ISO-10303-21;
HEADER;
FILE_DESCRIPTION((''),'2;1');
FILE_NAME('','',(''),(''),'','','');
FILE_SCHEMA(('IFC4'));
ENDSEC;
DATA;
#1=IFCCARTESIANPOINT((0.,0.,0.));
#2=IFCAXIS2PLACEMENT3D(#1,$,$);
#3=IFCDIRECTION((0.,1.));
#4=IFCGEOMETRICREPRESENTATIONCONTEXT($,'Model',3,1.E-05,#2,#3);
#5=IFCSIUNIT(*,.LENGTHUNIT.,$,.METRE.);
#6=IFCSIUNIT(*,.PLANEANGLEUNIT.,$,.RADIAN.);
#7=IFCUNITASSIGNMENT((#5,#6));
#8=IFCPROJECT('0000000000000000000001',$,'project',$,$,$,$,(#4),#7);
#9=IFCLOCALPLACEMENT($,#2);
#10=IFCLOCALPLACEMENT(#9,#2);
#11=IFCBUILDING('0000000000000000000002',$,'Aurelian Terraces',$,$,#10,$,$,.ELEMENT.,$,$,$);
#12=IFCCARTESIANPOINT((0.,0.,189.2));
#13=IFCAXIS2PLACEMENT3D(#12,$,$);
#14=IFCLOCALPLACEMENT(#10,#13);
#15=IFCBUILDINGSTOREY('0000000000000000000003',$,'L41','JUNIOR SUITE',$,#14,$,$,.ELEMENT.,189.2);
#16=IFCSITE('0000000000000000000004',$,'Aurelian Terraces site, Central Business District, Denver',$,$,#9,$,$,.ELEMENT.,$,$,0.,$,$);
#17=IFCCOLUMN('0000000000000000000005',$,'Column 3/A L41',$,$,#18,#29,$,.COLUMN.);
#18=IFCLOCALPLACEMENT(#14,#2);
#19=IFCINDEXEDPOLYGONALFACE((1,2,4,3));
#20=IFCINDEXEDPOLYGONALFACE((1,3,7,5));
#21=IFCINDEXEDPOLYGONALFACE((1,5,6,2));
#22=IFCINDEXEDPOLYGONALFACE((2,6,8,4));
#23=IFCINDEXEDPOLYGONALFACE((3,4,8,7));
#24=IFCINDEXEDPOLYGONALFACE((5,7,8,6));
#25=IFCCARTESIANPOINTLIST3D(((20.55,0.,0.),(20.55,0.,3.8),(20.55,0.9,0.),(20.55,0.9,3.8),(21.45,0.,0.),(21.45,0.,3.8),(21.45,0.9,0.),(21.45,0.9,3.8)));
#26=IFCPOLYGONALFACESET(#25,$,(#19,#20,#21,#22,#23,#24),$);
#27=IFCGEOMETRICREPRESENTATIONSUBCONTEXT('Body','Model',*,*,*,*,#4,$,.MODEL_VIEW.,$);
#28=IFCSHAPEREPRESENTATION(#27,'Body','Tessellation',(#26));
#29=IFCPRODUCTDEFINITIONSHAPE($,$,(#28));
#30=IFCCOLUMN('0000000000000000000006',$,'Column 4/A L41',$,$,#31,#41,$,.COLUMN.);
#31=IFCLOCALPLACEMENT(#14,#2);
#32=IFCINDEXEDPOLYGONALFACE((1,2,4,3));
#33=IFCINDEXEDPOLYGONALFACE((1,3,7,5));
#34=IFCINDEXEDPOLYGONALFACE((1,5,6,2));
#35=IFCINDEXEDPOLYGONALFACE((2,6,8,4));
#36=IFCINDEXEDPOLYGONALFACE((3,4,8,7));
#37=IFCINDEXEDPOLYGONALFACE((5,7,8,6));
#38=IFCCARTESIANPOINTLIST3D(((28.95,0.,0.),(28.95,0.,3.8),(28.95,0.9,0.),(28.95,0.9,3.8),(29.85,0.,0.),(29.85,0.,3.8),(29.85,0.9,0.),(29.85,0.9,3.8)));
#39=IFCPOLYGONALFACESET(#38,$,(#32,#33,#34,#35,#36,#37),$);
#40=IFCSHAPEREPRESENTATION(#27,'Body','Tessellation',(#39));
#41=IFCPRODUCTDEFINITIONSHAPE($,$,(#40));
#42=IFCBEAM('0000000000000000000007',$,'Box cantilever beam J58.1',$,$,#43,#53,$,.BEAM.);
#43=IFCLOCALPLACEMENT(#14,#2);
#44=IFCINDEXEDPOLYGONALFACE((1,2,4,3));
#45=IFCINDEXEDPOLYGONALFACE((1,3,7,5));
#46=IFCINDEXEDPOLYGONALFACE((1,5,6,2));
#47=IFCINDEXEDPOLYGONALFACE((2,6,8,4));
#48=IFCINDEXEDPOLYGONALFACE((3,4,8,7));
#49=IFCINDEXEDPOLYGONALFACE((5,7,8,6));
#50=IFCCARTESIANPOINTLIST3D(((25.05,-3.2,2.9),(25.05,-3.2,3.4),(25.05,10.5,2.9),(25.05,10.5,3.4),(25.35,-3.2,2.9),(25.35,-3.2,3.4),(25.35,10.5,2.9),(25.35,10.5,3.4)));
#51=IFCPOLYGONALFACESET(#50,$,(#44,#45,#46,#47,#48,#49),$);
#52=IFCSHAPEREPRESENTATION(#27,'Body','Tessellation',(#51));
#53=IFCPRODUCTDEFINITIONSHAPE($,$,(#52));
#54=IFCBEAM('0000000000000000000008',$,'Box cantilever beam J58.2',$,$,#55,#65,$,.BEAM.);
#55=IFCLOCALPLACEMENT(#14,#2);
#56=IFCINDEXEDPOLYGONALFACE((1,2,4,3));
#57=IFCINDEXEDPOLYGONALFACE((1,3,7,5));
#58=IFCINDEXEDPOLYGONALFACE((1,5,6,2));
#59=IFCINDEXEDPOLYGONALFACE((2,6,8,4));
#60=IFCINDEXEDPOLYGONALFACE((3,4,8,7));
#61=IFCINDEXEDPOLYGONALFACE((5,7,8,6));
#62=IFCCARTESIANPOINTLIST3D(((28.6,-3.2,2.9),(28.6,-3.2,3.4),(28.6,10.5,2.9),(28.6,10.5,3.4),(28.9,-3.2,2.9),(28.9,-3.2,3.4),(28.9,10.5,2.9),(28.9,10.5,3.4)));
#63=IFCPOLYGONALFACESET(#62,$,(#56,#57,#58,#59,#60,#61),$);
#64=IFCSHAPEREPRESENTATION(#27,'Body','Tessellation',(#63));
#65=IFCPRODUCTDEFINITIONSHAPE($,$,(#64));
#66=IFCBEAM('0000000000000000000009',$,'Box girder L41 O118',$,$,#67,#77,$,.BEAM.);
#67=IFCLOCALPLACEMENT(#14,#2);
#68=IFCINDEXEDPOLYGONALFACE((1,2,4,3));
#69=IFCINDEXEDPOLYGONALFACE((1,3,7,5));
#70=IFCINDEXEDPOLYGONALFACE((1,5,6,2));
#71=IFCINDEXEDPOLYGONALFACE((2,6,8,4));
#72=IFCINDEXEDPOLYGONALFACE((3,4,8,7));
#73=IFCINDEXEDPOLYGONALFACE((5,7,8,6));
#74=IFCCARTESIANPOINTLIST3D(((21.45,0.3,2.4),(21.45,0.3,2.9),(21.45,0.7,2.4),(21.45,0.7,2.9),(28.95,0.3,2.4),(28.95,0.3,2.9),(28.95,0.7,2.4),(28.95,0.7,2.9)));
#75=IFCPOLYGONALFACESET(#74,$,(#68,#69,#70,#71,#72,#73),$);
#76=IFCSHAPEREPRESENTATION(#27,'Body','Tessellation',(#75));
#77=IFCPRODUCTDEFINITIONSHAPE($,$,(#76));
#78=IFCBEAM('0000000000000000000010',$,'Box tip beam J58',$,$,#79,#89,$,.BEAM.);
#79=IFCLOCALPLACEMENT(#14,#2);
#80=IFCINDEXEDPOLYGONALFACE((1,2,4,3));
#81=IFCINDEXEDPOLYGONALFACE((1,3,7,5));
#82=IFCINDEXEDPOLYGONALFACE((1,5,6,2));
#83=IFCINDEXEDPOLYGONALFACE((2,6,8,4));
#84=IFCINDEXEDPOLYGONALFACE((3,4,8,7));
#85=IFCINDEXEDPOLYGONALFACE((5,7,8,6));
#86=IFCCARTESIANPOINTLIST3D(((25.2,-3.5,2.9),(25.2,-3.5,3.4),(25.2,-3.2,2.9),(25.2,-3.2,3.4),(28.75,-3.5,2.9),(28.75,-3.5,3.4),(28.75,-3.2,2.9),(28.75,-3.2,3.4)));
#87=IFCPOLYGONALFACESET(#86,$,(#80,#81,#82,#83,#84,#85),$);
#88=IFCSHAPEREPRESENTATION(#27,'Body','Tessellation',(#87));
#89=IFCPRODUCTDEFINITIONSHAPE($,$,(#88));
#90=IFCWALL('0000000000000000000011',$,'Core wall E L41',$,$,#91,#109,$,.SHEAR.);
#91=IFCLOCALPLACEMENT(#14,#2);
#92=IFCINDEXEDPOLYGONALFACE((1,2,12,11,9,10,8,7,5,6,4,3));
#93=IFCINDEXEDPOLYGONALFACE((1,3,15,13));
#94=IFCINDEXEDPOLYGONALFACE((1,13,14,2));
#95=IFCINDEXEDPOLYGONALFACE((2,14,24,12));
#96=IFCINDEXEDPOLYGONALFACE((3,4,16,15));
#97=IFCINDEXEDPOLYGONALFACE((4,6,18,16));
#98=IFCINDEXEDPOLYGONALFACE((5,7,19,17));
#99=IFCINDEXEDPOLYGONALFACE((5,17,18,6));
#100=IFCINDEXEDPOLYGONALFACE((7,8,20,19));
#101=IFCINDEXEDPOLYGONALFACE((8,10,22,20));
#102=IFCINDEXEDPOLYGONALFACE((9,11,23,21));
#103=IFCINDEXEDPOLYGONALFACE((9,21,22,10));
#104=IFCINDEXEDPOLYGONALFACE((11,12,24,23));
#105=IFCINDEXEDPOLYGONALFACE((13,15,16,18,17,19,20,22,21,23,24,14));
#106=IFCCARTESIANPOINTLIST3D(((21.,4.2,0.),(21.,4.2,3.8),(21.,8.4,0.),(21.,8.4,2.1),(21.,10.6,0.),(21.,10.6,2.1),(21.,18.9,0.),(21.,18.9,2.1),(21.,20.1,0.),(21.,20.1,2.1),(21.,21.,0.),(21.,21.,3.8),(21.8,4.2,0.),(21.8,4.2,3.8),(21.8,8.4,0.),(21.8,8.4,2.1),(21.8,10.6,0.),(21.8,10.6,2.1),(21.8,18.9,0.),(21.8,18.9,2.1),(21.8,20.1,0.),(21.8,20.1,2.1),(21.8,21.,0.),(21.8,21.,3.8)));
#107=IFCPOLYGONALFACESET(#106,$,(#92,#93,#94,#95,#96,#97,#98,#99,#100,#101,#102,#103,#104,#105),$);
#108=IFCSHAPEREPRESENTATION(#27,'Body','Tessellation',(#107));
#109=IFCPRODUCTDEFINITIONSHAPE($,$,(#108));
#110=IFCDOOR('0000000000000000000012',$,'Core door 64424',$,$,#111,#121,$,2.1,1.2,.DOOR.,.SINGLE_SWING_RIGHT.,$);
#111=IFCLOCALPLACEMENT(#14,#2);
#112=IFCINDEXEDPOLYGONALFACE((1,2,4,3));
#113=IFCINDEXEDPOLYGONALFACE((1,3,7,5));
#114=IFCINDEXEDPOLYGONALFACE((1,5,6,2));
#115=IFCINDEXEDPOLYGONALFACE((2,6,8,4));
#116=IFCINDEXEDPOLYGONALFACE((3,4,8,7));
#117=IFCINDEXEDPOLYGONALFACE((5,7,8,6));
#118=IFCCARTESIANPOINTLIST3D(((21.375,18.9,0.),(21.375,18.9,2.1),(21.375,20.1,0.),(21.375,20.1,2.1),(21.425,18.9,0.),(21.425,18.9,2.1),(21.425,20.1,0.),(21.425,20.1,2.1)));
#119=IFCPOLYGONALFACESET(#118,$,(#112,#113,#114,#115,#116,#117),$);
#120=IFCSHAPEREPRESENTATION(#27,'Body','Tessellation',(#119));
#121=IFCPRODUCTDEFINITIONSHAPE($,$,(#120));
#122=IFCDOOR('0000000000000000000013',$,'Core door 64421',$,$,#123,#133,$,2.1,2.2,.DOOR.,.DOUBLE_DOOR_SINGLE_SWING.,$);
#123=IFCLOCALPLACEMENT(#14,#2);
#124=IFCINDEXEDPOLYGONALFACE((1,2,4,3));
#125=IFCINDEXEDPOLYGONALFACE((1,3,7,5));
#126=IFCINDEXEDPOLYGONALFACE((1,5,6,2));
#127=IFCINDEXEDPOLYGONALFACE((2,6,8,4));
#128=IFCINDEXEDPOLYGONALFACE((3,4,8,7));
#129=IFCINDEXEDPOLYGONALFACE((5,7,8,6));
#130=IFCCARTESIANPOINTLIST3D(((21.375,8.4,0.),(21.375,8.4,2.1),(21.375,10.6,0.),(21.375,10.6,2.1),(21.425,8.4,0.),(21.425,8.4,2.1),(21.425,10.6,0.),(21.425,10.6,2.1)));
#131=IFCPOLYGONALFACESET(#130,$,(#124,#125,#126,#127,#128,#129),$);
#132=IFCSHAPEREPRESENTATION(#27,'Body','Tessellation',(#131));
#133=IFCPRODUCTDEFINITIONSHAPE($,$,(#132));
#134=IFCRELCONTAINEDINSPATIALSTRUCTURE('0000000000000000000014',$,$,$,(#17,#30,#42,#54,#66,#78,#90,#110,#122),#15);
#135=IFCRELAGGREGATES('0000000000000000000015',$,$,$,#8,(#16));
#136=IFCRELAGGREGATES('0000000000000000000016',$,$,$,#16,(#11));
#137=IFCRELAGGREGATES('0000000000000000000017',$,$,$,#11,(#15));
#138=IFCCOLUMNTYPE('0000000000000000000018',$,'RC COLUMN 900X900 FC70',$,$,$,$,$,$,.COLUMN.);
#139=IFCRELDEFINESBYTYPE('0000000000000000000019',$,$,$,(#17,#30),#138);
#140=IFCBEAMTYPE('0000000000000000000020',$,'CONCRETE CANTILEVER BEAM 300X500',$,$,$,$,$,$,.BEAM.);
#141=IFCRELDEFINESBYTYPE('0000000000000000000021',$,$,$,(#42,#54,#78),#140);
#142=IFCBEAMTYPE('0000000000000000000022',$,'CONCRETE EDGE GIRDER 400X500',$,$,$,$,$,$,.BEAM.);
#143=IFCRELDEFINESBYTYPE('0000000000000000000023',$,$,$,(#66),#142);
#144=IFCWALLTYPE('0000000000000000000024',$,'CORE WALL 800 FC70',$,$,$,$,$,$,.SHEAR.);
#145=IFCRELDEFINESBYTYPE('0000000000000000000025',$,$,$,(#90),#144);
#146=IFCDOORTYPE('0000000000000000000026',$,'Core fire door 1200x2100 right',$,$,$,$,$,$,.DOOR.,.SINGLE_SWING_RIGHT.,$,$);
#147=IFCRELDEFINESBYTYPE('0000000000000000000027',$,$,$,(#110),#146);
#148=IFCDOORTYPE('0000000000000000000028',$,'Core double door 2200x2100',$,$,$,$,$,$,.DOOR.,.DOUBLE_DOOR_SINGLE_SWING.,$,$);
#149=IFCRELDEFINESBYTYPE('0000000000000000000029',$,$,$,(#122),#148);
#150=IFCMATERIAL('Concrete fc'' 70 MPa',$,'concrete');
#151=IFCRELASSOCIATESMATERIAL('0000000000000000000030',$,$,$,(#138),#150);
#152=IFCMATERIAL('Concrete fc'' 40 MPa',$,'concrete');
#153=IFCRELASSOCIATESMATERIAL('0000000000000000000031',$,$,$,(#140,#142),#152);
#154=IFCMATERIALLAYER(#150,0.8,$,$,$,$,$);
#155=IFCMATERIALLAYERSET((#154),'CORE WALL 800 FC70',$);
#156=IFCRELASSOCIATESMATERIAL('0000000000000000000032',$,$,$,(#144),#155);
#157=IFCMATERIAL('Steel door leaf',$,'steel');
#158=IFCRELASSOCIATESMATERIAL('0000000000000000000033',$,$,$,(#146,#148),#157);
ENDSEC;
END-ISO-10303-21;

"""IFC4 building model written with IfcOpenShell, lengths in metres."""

from ifc_helpers import new_model, si_unit, direction, frame, frame_2d, origin, origin_2d, place, context, subcontext, project, spatial, rectangle, extrude, source, transform, mapped, material, layer, layer_set, material_profile, profile_set, type_object, element, fill, save


model = new_model("IFC4")

# Units and contexts
model_context = context("Model", 3, precision=1e-05, world=origin(), true_north=direction((0.0, 1.0)))
body_context = subcontext(model_context, "Body", "Model", "MODEL_VIEW")
ifc_project = project(units=[si_unit("LENGTHUNIT", "METRE"), si_unit("PLANEANGLEUNIT", "RADIAN")], contexts=[model_context])

# Site, building, storey
site_placement = place(None, origin())
site = spatial("IfcSite", under=ifc_project, at=site_placement, Name="Aurelian Terraces site, Central Business District, Denver", CompositionType="ELEMENT", RefElevation=0.0)
building_placement = place(site_placement, origin())
building = spatial("IfcBuilding", under=site, at=building_placement, Name="Aurelian Terraces", CompositionType="ELEMENT")
storey_placement = place(building_placement, frame((0.0, 0.0, 189.2)))
storey = spatial("IfcBuildingStorey", under=building, at=storey_placement, Name="L41", Description="JUNIOR SUITE", CompositionType="ELEMENT", Elevation=189.2)

# Columns
ifc_material_1 = material(Name="Concrete fc' 70 MPa", Category="concrete")
ifc_material_profile_1 = material_profile(ifc_material_1, rectangle(XDim=0.9, YDim=0.9, at=origin_2d()))
ifc_profile_set_1 = profile_set([ifc_material_profile_1], Name="Concrete fc' 70 MPa")
column_type = type_object("IfcColumnType", Name="RC COLUMN 900X900 FC70", PredefinedType="COLUMN", material=ifc_profile_set_1)
shared_shape_1 = source(origin(), body_context, "Body", "SweptSolid", [
    extrude(rectangle(XDim=0.9, YDim=0.9, at=origin_2d()), origin(), (0.0, 0.0, 1.0), 3.8),
])
for number, where, z_axis, x_axis, name in (
    (1, (21.0, 0.45, 0.0), (0.0, 0.0, 1.0), (1.0, 0.0, 0.0), "Column 3/A L41"),
    (2, (29.4, 0.45, 0.0), (0.0, 0.0, 1.0), (1.0, 0.0, 0.0), "Column 4/A L41"),
):
    element("IfcColumn", number, at=place(storey_placement, frame(where, z_axis=z_axis, x_axis=x_axis)), inside=storey, type_object=column_type, Name=name, PredefinedType="COLUMN", context=body_context, shape_type="MappedRepresentation", body=[
        mapped(shared_shape_1, transform((0.0, 0.0, 0.0), scale=1.0)),
    ])

# Beams
ifc_material_2 = material(Name="Concrete fc' 40 MPa", Category="concrete")
ifc_material_profile_2 = material_profile(ifc_material_2, rectangle(XDim=0.3, YDim=0.5, at=origin_2d()))
ifc_profile_set_2 = profile_set([ifc_material_profile_2], Name="Concrete fc' 40 MPa")
beam_type_1 = type_object("IfcBeamType", Name="CONCRETE CANTILEVER BEAM 300X500", PredefinedType="BEAM", material=ifc_profile_set_2)
shared_shape_2 = source(origin(), body_context, "Body", "SweptSolid", [
    extrude(rectangle(XDim=0.3, YDim=0.5, at=origin_2d()), origin(), (0.0, 0.0, 1.0), 13.7),
])
for number, where, z_axis, x_axis, name in (
    (3, (25.2, -3.2, 3.15), (0.0, 1.0, 0.0), (-1.0, 0.0, 0.0), "Box cantilever beam J58.1"),
    (4, (28.75, -3.2, 3.15), (0.0, 1.0, 0.0), (-1.0, 0.0, 0.0), "Box cantilever beam J58.2"),
):
    element("IfcBeam", number, at=place(storey_placement, frame(where, z_axis=z_axis, x_axis=x_axis)), inside=storey, type_object=beam_type_1, Name=name, PredefinedType="BEAM", context=body_context, shape_type="MappedRepresentation", body=[
        mapped(shared_shape_2, transform((0.0, 0.0, 0.0), scale=1.0)),
    ])
ifc_material_profile_3 = material_profile(ifc_material_2, rectangle(XDim=0.4, YDim=0.5, at=origin_2d()))
ifc_profile_set_3 = profile_set([ifc_material_profile_3], Name="Concrete fc' 40 MPa")
beam_type_2 = type_object("IfcBeamType", Name="CONCRETE EDGE GIRDER 400X500", PredefinedType="BEAM", material=ifc_profile_set_3)
shared_shape_3 = source(origin(), body_context, "Body", "SweptSolid", [
    extrude(rectangle(XDim=0.4, YDim=0.5, at=origin_2d()), origin(), (0.0, 0.0, 1.0), 7.5),
])
beam_1_placement = place(storey_placement, frame((21.45, 0.5, 2.65), z_axis=(1.0, 0.0, 0.0), x_axis=(0.0, 1.0, 0.0)))
element("IfcBeam", 5, at=beam_1_placement, inside=storey, type_object=beam_type_2, Name="Box girder L41 O118", PredefinedType="BEAM", context=body_context, shape_type="MappedRepresentation", body=[
    mapped(shared_shape_3, transform((0.0, 0.0, 0.0), scale=1.0)),
])
shared_shape_4 = source(origin(), body_context, "Body", "SweptSolid", [
    extrude(rectangle(XDim=0.3, YDim=0.5, at=origin_2d()), origin(), (0.0, 0.0, 1.0), 3.55),
])
beam_2_placement = place(storey_placement, frame((25.2, -3.35, 3.15), z_axis=(1.0, 0.0, 0.0), x_axis=(0.0, 1.0, 0.0)))
element("IfcBeam", 6, at=beam_2_placement, inside=storey, type_object=beam_type_1, Name="Box tip beam J58", PredefinedType="BEAM", context=body_context, shape_type="MappedRepresentation", body=[
    mapped(shared_shape_4, transform((0.0, 0.0, 0.0), scale=1.0)),
])

# Wall, openings, doors
ifc_layer_1 = layer(ifc_material_1, 0.8)
ifc_layer_set_1 = layer_set([ifc_layer_1], Name="CORE WALL 800 FC70")
wall_type_1 = type_object("IfcWallType", Name="CORE WALL 800 FC70", PredefinedType="SHEAR", material=ifc_layer_set_1)
shared_shape_5 = source(origin(), body_context, "Body", "SweptSolid", [
    extrude(rectangle(XDim=16.8, YDim=0.8, at=frame_2d((8.4, 0.0))), origin(), (0.0, 0.0, 1.0), 3.8),
])
wall_1_placement = place(storey_placement, frame((21.4, 4.2, 0.0), z_axis=(0.0, 0.0, 1.0), x_axis=(0.0, 1.0, 0.0)))
wall_1 = element("IfcWall", 7, at=wall_1_placement, inside=storey, type_object=wall_type_1, Name="Core wall E L41", PredefinedType="SHEAR", context=body_context, shape_type="MappedRepresentation", body=[
    mapped(shared_shape_5, transform((0.0, 0.0, 0.0), scale=1.0)),
])
shared_shape_6 = source(origin(), body_context, "Body", "SweptSolid", [
    extrude(rectangle(XDim=2.2, YDim=2.1, at=frame_2d((1.1, 1.05))), frame((0.0, 0.41, 0.0), z_axis=(0.0, -1.0, 0.0), x_axis=(1.0, 0.0, 0.0)), (0.0, 0.0, 1.0), 0.82),
])
opening_1_placement = place(wall_1_placement, frame((4.2, 0.0, 0.0)))
opening_1 = element("IfcOpeningElement", 8, at=opening_1_placement, cuts=wall_1, PredefinedType="OPENING", context=body_context, shape_type="MappedRepresentation", body=[
    mapped(shared_shape_6, transform((0.0, 0.0, 0.0), scale=1.0)),
])
shared_shape_7 = source(origin(), body_context, "Body", "SweptSolid", [
    extrude(rectangle(XDim=1.2, YDim=2.1, at=frame_2d((0.6, 1.05))), frame((0.0, 0.41, 0.0), z_axis=(0.0, -1.0, 0.0), x_axis=(1.0, 0.0, 0.0)), (0.0, 0.0, 1.0), 0.82),
])
opening_2_placement = place(wall_1_placement, frame((14.7, 0.0, 0.0)))
opening_2 = element("IfcOpeningElement", 9, at=opening_2_placement, cuts=wall_1, PredefinedType="OPENING", context=body_context, shape_type="MappedRepresentation", body=[
    mapped(shared_shape_7, transform((0.0, 0.0, 0.0), scale=1.0)),
])
ifc_material_3 = material(Name="Steel door leaf", Category="steel")
door_type_1 = type_object("IfcDoorType", Name="Core fire door 1200x2100 right", OperationType="SINGLE_SWING_RIGHT", PredefinedType="DOOR", material=ifc_material_3)
shared_shape_8 = source(origin(), body_context, "Body", "SweptSolid", [
    extrude(rectangle(XDim=1.2, YDim=2.1, at=frame_2d((0.6, 1.05))), frame((0.0, 0.025, 0.0), z_axis=(0.0, -1.0, 0.0), x_axis=(1.0, 0.0, 0.0)), (0.0, 0.0, 1.0), 0.05),
])
door_1_placement = place(opening_2_placement, origin())
door_1 = element("IfcDoor", 10, at=door_1_placement, inside=storey, type_object=door_type_1, Name="Core door 64424", OperationType="SINGLE_SWING_RIGHT", OverallHeight=2.1, OverallWidth=1.2, PredefinedType="DOOR", context=body_context, shape_type="MappedRepresentation", body=[
    mapped(shared_shape_8, transform((0.0, 0.0, 0.0), scale=1.0)),
])
fill(opening_2, door_1)
door_type_2 = type_object("IfcDoorType", Name="Core double door 2200x2100", OperationType="DOUBLE_DOOR_SINGLE_SWING", PredefinedType="DOOR", material=ifc_material_3)
shared_shape_9 = source(origin(), body_context, "Body", "SweptSolid", [
    extrude(rectangle(XDim=2.2, YDim=2.1, at=frame_2d((1.1, 1.05))), frame((0.0, 0.025, 0.0), z_axis=(0.0, -1.0, 0.0), x_axis=(1.0, 0.0, 0.0)), (0.0, 0.0, 1.0), 0.05),
])
door_2_placement = place(opening_1_placement, origin())
door_2 = element("IfcDoor", 11, at=door_2_placement, inside=storey, type_object=door_type_2, Name="Core door 64421", OperationType="DOUBLE_DOOR_SINGLE_SWING", OverallHeight=2.1, OverallWidth=2.2, PredefinedType="DOOR", context=body_context, shape_type="MappedRepresentation", body=[
    mapped(shared_shape_9, transform((0.0, 0.0, 0.0), scale=1.0)),
])
fill(opening_1, door_2)

save(model, "model.ifc")
